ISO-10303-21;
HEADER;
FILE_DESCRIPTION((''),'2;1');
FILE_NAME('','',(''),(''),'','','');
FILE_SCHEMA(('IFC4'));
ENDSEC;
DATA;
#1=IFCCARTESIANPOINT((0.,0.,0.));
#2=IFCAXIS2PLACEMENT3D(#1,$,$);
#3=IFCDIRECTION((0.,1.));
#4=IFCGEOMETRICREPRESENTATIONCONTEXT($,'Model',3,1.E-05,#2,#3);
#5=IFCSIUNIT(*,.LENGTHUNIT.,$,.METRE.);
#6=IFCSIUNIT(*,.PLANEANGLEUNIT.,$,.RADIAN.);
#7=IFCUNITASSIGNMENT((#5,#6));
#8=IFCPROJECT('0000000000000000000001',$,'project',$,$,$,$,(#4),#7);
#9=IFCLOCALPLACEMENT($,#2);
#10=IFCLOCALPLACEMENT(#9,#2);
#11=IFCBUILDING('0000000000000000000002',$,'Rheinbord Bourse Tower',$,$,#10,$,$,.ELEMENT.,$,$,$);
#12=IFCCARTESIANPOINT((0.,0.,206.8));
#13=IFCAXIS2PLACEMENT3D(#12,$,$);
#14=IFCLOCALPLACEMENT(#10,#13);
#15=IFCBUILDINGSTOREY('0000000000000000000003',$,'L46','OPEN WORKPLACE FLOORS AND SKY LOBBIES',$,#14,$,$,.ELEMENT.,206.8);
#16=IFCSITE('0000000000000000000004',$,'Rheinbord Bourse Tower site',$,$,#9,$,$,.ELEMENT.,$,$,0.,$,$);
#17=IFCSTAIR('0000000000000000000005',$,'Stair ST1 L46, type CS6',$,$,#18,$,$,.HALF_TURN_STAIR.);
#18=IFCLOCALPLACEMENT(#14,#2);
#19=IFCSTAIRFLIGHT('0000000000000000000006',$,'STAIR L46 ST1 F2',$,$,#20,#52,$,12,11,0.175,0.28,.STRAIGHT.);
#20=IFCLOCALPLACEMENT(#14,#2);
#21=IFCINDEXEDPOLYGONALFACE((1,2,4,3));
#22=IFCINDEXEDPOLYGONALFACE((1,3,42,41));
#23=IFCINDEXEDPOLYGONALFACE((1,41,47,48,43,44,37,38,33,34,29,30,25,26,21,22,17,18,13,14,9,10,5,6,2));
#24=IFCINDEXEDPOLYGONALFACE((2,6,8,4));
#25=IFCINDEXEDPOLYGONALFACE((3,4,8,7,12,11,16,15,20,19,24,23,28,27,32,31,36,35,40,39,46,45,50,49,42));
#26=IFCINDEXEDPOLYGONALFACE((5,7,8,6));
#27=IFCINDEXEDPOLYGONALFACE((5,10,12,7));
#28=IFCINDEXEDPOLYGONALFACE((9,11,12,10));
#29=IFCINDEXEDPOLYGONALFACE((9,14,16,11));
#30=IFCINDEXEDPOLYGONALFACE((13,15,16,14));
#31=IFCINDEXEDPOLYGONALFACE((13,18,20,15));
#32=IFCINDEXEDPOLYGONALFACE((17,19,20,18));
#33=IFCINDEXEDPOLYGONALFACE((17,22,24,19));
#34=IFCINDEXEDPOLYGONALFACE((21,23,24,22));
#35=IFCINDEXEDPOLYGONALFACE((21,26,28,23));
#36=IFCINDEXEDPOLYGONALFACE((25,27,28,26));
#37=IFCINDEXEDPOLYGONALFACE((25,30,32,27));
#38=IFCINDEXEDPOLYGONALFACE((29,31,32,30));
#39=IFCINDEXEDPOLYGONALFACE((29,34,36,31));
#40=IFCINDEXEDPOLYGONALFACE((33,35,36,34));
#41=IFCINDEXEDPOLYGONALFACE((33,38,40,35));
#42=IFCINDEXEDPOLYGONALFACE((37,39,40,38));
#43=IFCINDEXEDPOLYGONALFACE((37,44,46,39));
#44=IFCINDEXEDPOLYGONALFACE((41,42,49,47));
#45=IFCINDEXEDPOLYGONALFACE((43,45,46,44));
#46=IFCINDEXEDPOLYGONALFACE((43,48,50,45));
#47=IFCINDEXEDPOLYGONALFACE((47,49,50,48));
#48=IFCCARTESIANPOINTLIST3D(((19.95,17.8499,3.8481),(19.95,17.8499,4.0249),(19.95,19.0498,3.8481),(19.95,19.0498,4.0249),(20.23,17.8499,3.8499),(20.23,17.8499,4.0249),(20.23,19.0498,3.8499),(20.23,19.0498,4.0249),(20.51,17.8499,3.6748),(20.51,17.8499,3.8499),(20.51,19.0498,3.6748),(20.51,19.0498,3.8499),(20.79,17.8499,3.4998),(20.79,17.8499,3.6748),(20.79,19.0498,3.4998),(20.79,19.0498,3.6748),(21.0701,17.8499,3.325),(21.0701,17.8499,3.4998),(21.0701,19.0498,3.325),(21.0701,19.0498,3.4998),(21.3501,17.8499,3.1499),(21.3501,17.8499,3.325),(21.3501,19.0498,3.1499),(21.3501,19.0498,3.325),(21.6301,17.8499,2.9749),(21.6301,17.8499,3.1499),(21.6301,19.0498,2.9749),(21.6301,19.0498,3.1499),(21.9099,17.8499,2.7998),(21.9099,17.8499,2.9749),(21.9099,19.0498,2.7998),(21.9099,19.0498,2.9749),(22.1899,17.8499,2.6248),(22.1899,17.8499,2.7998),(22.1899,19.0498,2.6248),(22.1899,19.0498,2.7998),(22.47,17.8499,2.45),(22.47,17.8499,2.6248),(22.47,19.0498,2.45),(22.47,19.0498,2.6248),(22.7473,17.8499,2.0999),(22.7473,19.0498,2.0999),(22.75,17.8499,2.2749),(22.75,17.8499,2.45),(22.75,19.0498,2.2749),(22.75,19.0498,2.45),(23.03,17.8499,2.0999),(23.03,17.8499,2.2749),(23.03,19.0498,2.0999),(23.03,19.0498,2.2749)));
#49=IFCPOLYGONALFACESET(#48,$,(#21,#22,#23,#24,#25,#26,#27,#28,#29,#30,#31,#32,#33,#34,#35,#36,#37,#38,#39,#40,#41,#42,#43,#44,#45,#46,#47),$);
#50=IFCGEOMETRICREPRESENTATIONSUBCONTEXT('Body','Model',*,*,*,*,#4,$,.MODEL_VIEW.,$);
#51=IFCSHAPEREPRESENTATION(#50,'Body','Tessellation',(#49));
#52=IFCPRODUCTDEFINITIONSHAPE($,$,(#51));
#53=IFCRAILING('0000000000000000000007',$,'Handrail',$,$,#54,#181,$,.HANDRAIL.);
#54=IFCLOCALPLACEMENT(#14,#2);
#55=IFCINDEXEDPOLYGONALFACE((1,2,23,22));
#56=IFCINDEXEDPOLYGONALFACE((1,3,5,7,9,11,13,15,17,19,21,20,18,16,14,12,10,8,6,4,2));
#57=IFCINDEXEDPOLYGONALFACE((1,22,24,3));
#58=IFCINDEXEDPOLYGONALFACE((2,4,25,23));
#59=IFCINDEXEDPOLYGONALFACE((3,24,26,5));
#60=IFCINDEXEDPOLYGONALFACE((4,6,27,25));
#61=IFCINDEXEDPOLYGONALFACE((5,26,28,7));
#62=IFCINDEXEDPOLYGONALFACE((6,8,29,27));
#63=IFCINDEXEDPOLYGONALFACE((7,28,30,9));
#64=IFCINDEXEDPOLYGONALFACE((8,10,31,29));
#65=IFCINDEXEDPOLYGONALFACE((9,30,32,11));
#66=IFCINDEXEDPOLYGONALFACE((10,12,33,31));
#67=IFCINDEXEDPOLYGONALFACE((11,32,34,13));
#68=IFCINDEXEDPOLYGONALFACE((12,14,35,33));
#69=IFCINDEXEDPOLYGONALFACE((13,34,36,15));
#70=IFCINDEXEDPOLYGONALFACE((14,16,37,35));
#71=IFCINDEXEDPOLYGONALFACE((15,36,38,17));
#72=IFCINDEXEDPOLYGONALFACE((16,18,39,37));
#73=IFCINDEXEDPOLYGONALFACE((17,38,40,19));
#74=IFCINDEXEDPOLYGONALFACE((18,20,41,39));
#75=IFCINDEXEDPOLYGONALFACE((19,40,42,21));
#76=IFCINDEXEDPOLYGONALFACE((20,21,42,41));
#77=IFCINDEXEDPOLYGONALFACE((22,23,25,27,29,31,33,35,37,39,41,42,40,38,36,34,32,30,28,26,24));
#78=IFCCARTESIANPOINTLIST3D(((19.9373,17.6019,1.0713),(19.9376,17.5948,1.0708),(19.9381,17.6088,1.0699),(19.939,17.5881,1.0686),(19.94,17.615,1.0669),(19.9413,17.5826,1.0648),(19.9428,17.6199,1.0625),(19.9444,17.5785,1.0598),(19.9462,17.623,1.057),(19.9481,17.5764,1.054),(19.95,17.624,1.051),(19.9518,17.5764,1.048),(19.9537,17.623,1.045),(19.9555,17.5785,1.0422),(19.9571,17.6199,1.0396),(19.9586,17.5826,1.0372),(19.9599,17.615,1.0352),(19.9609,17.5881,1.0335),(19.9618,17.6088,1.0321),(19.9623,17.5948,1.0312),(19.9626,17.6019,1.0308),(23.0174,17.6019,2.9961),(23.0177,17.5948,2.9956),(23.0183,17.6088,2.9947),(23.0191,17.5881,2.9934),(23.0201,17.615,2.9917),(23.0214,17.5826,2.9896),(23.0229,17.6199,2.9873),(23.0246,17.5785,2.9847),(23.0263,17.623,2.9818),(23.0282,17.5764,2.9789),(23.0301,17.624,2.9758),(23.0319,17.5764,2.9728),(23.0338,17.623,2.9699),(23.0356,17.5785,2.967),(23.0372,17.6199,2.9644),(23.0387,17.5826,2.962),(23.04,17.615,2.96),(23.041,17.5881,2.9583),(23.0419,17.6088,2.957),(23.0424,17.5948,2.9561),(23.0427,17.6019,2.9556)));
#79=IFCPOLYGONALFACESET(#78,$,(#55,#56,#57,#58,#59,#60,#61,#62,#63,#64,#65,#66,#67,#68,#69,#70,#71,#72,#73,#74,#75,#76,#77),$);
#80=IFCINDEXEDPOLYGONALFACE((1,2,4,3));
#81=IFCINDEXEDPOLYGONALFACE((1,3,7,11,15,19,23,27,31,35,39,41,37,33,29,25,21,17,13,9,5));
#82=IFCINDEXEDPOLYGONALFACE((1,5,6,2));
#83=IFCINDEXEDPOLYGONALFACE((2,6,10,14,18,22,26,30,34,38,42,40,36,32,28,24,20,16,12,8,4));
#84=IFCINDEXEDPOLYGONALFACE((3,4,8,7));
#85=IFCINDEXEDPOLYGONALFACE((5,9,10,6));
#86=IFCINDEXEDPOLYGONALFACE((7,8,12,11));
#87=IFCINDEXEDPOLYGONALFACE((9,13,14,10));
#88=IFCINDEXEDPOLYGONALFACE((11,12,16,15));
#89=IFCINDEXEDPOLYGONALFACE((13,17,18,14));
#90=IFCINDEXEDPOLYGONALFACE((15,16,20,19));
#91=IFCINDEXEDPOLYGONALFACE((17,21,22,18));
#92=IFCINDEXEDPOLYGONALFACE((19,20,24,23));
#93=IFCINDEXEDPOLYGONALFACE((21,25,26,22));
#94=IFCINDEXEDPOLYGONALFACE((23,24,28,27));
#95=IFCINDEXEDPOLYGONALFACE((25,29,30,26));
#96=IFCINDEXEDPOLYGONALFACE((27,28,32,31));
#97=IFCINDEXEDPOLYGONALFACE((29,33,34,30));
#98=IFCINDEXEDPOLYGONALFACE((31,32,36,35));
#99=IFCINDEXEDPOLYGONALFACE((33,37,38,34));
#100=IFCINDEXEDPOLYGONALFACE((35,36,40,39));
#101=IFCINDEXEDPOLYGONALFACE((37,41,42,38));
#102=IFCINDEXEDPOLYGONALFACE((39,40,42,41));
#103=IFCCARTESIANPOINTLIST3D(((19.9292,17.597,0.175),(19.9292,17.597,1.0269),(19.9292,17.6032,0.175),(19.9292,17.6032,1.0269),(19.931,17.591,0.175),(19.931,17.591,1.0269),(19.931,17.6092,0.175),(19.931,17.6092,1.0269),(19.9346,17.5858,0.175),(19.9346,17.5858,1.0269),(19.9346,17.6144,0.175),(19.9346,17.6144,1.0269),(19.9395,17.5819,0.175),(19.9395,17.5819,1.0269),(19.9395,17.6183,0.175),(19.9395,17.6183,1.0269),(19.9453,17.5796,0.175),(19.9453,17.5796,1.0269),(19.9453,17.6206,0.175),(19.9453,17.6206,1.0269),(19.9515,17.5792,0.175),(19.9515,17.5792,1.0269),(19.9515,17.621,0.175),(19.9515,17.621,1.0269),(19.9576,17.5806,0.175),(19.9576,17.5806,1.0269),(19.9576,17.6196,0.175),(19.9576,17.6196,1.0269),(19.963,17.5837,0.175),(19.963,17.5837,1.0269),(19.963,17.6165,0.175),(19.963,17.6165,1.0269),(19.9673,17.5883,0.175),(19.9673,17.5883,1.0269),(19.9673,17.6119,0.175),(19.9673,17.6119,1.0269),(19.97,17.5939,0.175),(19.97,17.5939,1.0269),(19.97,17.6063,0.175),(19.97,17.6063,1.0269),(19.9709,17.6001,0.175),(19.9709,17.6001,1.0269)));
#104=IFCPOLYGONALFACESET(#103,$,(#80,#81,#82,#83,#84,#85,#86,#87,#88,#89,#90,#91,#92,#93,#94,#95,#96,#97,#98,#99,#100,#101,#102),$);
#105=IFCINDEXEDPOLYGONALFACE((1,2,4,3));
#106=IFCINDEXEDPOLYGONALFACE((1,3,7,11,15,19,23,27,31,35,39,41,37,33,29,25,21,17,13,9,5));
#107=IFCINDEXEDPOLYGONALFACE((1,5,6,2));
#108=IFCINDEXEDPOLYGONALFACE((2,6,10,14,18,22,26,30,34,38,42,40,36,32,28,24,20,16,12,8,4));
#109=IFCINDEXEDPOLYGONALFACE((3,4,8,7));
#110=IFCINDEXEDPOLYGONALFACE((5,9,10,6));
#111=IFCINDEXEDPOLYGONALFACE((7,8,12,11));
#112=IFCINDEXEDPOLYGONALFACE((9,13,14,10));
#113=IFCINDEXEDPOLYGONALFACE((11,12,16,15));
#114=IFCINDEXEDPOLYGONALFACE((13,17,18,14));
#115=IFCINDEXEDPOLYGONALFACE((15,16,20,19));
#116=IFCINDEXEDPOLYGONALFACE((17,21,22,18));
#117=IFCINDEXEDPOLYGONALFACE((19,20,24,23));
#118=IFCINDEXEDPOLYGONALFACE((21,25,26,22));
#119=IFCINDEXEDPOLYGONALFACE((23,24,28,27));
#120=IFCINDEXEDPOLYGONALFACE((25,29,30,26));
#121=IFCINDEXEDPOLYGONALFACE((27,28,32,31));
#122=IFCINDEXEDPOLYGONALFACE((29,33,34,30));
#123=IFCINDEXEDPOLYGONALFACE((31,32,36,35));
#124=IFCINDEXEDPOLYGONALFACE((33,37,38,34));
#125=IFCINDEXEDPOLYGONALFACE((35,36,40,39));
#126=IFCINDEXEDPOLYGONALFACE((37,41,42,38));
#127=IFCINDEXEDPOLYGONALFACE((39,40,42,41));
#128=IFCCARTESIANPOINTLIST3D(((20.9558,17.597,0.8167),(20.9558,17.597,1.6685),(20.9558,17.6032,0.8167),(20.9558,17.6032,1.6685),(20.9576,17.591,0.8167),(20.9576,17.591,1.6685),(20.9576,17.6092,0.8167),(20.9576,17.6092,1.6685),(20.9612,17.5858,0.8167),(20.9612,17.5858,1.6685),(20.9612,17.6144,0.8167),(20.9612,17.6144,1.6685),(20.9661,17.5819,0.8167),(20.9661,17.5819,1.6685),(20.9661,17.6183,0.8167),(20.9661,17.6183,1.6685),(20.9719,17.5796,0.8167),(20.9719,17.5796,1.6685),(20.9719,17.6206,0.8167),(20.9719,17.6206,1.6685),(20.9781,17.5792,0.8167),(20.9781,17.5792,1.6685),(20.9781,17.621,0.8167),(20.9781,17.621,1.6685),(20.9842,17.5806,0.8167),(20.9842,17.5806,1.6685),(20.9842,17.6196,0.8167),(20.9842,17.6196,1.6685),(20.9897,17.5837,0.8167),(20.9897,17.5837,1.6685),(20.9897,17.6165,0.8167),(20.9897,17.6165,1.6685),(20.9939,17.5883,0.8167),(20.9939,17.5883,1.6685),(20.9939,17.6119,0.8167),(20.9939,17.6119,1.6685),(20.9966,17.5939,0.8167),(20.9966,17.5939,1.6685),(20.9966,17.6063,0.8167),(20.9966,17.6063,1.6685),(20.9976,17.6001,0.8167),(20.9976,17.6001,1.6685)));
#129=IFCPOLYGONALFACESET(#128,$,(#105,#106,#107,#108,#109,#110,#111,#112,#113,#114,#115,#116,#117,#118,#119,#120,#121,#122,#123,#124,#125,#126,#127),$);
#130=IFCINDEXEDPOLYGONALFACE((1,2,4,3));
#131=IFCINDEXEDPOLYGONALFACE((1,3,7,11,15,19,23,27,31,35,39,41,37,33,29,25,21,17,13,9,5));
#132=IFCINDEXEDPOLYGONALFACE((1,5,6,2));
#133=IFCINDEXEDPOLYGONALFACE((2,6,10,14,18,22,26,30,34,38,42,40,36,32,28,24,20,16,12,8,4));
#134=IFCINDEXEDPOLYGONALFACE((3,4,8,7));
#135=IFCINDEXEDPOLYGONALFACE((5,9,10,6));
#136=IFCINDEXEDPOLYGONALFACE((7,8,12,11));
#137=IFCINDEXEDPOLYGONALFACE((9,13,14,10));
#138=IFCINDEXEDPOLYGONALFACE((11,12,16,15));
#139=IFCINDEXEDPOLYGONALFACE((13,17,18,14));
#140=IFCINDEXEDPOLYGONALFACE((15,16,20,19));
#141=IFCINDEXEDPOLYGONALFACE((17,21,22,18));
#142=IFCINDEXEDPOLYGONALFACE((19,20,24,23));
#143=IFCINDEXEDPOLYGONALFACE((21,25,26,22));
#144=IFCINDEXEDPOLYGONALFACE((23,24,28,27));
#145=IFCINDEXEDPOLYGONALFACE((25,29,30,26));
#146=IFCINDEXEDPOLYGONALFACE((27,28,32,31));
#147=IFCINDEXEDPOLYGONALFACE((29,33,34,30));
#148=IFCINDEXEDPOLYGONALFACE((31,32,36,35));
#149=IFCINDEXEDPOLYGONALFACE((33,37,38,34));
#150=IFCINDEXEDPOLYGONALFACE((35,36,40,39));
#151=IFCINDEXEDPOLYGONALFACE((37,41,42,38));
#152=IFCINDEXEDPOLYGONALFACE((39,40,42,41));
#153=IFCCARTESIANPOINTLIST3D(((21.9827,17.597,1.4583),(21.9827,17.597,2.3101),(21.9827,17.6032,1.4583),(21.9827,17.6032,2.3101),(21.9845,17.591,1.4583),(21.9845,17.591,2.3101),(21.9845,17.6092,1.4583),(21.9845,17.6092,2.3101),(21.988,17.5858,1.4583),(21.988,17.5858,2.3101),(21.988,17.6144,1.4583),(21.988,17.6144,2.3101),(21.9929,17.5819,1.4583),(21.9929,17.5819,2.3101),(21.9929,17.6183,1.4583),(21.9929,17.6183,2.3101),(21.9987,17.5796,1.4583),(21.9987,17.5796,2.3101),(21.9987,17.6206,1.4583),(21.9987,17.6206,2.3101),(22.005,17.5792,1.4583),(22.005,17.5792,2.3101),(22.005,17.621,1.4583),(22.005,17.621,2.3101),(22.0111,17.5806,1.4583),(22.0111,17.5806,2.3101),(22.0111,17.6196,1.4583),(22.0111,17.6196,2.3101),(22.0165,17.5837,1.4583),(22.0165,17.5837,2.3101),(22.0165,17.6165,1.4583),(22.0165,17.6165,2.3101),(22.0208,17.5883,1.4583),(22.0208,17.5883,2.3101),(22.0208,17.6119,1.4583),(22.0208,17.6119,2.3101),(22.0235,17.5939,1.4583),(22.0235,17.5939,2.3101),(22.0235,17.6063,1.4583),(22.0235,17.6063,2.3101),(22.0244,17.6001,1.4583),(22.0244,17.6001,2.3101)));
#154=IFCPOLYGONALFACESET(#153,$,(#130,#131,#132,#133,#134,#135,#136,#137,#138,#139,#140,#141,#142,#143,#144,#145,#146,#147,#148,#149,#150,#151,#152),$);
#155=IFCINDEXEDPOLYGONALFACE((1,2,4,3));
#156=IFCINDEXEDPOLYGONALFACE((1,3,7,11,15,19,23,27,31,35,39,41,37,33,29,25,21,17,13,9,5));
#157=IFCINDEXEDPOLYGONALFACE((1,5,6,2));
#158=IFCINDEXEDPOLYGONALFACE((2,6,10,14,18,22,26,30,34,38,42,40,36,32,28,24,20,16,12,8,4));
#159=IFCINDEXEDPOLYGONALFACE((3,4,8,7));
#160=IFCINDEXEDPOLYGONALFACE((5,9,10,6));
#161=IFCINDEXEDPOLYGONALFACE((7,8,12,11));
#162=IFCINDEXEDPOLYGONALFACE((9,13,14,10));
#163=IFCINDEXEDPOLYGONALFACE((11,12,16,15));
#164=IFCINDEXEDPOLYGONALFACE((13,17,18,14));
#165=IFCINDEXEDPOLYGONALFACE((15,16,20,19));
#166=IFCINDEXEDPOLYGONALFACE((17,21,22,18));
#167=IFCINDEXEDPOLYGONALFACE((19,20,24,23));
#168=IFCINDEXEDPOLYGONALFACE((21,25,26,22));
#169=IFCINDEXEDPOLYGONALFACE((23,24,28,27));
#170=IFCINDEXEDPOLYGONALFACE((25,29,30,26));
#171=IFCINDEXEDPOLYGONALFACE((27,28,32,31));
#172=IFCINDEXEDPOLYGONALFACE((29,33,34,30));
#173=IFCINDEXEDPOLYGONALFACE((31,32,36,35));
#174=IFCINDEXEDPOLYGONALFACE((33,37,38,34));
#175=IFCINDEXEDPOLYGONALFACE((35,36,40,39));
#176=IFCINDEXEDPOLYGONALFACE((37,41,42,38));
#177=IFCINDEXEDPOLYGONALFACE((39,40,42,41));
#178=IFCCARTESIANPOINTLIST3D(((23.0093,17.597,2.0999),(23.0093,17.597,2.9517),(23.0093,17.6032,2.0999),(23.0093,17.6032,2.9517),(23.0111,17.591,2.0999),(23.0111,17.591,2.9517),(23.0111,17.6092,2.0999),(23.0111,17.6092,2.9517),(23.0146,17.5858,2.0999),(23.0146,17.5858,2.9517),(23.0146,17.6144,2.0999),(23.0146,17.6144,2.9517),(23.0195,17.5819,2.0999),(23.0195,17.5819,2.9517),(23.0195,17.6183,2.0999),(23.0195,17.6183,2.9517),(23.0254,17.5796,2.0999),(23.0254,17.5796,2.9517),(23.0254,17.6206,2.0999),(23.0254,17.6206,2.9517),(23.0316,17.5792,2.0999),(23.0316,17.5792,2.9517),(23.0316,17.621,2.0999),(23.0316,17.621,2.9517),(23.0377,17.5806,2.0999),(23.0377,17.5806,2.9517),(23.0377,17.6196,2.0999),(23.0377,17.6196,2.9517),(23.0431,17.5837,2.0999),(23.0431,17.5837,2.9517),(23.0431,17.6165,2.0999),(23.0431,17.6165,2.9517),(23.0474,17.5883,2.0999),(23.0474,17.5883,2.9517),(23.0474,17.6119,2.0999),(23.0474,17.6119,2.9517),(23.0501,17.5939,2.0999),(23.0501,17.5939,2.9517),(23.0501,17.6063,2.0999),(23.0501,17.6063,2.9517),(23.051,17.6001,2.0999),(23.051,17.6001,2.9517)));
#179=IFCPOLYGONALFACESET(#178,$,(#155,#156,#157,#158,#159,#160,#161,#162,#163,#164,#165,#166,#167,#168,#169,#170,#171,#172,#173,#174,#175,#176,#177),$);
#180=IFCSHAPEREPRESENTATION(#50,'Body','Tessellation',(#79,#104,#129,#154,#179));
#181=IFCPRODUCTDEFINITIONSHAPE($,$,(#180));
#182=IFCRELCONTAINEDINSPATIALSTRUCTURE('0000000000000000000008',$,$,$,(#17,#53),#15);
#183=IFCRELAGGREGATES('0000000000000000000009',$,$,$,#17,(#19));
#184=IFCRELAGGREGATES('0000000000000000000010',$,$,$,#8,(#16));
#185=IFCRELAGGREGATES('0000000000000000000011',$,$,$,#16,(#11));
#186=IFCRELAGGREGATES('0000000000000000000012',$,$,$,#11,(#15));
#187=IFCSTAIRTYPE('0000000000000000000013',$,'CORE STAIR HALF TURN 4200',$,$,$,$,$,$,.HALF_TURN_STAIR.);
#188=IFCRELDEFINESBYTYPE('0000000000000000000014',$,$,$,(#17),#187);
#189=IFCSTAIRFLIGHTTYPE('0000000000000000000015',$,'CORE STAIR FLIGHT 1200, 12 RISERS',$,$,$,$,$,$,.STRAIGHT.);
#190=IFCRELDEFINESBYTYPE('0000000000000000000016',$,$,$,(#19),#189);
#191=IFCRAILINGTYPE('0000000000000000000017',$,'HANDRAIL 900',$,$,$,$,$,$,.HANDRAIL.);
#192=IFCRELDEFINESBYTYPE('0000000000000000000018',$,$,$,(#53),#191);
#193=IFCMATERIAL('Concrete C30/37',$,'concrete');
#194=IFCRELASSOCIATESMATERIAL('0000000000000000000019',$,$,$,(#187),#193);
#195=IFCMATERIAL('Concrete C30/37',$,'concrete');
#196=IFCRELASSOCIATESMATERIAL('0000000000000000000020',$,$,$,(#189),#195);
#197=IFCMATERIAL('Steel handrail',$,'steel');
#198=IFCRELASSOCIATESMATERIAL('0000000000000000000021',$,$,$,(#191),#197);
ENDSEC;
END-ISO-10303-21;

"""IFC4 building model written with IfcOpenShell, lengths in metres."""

from ifc_helpers import new_model, si_unit, direction, frame, origin, origin_2d, place, context, subcontext, project, spatial, polyline, circle, outline, extrude, material, type_object, element, aggregate, save


model = new_model("IFC4")

# Units and contexts
model_context = context("Model", 3, precision=1e-05, world=origin(), true_north=direction((0.0, 1.0)))
body_context = subcontext(model_context, "Body", "Model", "MODEL_VIEW")
ifc_project = project(units=[si_unit("LENGTHUNIT", "METRE"), si_unit("PLANEANGLEUNIT", "RADIAN")], contexts=[model_context])

# Site, building, storey
site_placement = place(None, origin())
site = spatial("IfcSite", under=ifc_project, at=site_placement, Name="Rheinbord Bourse Tower site", CompositionType="ELEMENT", RefElevation=0.0)
building_placement = place(site_placement, origin())
building = spatial("IfcBuilding", under=site, at=building_placement, Name="Rheinbord Bourse Tower", CompositionType="ELEMENT")
storey_placement = place(building_placement, frame((0.0, 0.0, 206.8)))
storey = spatial("IfcBuildingStorey", under=building, at=storey_placement, Name="L46", Description="OPEN WORKPLACE FLOORS AND SKY LOBBIES", CompositionType="ELEMENT", Elevation=206.8)

# Stair, stair flight
ifc_material_1 = material(Name="Concrete C30/37", Category="concrete")
stair_type = type_object("IfcStairType", Name="CORE STAIR HALF TURN 4200", PredefinedType="HALF_TURN_STAIR", material=ifc_material_1)
stair_placement = place(storey_placement, origin())
stair = element("IfcStair", 1, at=stair_placement, inside=storey, type_object=stair_type, Name="Stair ST1 L46, type CS6", PredefinedType="HALF_TURN_STAIR")
ifc_material_2 = material(Name="Concrete C30/37", Category="concrete")
stair_flight_type = type_object("IfcStairFlightType", Name="CORE STAIR FLIGHT 1200, 12 RISERS", PredefinedType="STRAIGHT", material=ifc_material_2)
stair_flight_1_placement = place(storey_placement, frame((23.03, 18.45, 2.0999), z_axis=(0.0, 0.0, 1.0), x_axis=(-1.0, 0.0, 0.0)))
stair_flight_1 = element("IfcStairFlight", 2, at=stair_flight_1_placement, type_object=stair_flight_type, Name="STAIR L46 ST1 F2", NumberOfRisers=12, NumberOfTreads=11, PredefinedType="STRAIGHT", RiserHeight=0.175, TreadLength=0.28, context=body_context, shape_type="SweptSolid", body=[
    extrude(outline(polyline([(0.0, 0.0), (0.0, 0.175), (0.28, 0.175), (0.28, 0.3501), (0.5601, 0.3501), (0.5601, 0.5249), (0.8401, 0.5249), (0.8401, 0.7), (1.1201, 0.7), (1.1201, 0.875), (1.3999, 0.875), (1.3999, 1.05), (1.6799, 1.05), (1.6799, 1.2251), (1.96, 1.2251), (1.96, 1.3999), (2.24, 1.3999), (2.24, 1.575), (2.52, 1.575), (2.52, 1.75), (2.8, 1.75), (2.8, 1.925), (3.0801, 1.925), (3.0801, 2.1001), (3.0801, 1.7483), (0.2827, 0.0), (0.0, 0.0)])), frame((0.0, 0.6001, 0.0), z_axis=(0.0, -1.0, 0.0), x_axis=(1.0, 0.0, 0.0)), (0.0, 0.0, 1.0), 1.2),
])
aggregate(stair, [stair_flight_1])

# Railing
ifc_material_3 = material(Name="Steel handrail", Category="steel")
railing_type = type_object("IfcRailingType", Name="HANDRAIL 900", PredefinedType="HANDRAIL", material=ifc_material_3)
railing_1_placement = place(storey_placement, frame((19.95, 17.6001, 0.175)))
element("IfcRailing", 3, at=railing_1_placement, inside=storey, type_object=railing_type, Name="Handrail", PredefinedType="HANDRAIL", context=body_context, shape_type="SweptSolid", body=[
    extrude(circle(Radius=0.0239, at=origin_2d()), frame((0.0, 0.0, 0.876), z_axis=(0.848029, 0.0, 0.529951), x_axis=(0.0, 1.0, 0.0)), (0.0, 0.0, 1.0), 3.6321),
    extrude(circle(Radius=0.021, at=origin_2d()), origin(), (0.0, 0.0, 1.0), 0.8518),
    extrude(circle(Radius=0.021, at=origin_2d()), frame((1.0266, 0.0, 0.6416)), (0.0, 0.0, 1.0), 0.8518),
    extrude(circle(Radius=0.021, at=origin_2d()), frame((2.0535, 0.0, 1.2832)), (0.0, 0.0, 1.0), 0.8518),
    extrude(circle(Radius=0.021, at=origin_2d()), frame((3.0801, 0.0, 1.9248)), (0.0, 0.0, 1.0), 0.8518),
])

save(model, "model.ifc")
